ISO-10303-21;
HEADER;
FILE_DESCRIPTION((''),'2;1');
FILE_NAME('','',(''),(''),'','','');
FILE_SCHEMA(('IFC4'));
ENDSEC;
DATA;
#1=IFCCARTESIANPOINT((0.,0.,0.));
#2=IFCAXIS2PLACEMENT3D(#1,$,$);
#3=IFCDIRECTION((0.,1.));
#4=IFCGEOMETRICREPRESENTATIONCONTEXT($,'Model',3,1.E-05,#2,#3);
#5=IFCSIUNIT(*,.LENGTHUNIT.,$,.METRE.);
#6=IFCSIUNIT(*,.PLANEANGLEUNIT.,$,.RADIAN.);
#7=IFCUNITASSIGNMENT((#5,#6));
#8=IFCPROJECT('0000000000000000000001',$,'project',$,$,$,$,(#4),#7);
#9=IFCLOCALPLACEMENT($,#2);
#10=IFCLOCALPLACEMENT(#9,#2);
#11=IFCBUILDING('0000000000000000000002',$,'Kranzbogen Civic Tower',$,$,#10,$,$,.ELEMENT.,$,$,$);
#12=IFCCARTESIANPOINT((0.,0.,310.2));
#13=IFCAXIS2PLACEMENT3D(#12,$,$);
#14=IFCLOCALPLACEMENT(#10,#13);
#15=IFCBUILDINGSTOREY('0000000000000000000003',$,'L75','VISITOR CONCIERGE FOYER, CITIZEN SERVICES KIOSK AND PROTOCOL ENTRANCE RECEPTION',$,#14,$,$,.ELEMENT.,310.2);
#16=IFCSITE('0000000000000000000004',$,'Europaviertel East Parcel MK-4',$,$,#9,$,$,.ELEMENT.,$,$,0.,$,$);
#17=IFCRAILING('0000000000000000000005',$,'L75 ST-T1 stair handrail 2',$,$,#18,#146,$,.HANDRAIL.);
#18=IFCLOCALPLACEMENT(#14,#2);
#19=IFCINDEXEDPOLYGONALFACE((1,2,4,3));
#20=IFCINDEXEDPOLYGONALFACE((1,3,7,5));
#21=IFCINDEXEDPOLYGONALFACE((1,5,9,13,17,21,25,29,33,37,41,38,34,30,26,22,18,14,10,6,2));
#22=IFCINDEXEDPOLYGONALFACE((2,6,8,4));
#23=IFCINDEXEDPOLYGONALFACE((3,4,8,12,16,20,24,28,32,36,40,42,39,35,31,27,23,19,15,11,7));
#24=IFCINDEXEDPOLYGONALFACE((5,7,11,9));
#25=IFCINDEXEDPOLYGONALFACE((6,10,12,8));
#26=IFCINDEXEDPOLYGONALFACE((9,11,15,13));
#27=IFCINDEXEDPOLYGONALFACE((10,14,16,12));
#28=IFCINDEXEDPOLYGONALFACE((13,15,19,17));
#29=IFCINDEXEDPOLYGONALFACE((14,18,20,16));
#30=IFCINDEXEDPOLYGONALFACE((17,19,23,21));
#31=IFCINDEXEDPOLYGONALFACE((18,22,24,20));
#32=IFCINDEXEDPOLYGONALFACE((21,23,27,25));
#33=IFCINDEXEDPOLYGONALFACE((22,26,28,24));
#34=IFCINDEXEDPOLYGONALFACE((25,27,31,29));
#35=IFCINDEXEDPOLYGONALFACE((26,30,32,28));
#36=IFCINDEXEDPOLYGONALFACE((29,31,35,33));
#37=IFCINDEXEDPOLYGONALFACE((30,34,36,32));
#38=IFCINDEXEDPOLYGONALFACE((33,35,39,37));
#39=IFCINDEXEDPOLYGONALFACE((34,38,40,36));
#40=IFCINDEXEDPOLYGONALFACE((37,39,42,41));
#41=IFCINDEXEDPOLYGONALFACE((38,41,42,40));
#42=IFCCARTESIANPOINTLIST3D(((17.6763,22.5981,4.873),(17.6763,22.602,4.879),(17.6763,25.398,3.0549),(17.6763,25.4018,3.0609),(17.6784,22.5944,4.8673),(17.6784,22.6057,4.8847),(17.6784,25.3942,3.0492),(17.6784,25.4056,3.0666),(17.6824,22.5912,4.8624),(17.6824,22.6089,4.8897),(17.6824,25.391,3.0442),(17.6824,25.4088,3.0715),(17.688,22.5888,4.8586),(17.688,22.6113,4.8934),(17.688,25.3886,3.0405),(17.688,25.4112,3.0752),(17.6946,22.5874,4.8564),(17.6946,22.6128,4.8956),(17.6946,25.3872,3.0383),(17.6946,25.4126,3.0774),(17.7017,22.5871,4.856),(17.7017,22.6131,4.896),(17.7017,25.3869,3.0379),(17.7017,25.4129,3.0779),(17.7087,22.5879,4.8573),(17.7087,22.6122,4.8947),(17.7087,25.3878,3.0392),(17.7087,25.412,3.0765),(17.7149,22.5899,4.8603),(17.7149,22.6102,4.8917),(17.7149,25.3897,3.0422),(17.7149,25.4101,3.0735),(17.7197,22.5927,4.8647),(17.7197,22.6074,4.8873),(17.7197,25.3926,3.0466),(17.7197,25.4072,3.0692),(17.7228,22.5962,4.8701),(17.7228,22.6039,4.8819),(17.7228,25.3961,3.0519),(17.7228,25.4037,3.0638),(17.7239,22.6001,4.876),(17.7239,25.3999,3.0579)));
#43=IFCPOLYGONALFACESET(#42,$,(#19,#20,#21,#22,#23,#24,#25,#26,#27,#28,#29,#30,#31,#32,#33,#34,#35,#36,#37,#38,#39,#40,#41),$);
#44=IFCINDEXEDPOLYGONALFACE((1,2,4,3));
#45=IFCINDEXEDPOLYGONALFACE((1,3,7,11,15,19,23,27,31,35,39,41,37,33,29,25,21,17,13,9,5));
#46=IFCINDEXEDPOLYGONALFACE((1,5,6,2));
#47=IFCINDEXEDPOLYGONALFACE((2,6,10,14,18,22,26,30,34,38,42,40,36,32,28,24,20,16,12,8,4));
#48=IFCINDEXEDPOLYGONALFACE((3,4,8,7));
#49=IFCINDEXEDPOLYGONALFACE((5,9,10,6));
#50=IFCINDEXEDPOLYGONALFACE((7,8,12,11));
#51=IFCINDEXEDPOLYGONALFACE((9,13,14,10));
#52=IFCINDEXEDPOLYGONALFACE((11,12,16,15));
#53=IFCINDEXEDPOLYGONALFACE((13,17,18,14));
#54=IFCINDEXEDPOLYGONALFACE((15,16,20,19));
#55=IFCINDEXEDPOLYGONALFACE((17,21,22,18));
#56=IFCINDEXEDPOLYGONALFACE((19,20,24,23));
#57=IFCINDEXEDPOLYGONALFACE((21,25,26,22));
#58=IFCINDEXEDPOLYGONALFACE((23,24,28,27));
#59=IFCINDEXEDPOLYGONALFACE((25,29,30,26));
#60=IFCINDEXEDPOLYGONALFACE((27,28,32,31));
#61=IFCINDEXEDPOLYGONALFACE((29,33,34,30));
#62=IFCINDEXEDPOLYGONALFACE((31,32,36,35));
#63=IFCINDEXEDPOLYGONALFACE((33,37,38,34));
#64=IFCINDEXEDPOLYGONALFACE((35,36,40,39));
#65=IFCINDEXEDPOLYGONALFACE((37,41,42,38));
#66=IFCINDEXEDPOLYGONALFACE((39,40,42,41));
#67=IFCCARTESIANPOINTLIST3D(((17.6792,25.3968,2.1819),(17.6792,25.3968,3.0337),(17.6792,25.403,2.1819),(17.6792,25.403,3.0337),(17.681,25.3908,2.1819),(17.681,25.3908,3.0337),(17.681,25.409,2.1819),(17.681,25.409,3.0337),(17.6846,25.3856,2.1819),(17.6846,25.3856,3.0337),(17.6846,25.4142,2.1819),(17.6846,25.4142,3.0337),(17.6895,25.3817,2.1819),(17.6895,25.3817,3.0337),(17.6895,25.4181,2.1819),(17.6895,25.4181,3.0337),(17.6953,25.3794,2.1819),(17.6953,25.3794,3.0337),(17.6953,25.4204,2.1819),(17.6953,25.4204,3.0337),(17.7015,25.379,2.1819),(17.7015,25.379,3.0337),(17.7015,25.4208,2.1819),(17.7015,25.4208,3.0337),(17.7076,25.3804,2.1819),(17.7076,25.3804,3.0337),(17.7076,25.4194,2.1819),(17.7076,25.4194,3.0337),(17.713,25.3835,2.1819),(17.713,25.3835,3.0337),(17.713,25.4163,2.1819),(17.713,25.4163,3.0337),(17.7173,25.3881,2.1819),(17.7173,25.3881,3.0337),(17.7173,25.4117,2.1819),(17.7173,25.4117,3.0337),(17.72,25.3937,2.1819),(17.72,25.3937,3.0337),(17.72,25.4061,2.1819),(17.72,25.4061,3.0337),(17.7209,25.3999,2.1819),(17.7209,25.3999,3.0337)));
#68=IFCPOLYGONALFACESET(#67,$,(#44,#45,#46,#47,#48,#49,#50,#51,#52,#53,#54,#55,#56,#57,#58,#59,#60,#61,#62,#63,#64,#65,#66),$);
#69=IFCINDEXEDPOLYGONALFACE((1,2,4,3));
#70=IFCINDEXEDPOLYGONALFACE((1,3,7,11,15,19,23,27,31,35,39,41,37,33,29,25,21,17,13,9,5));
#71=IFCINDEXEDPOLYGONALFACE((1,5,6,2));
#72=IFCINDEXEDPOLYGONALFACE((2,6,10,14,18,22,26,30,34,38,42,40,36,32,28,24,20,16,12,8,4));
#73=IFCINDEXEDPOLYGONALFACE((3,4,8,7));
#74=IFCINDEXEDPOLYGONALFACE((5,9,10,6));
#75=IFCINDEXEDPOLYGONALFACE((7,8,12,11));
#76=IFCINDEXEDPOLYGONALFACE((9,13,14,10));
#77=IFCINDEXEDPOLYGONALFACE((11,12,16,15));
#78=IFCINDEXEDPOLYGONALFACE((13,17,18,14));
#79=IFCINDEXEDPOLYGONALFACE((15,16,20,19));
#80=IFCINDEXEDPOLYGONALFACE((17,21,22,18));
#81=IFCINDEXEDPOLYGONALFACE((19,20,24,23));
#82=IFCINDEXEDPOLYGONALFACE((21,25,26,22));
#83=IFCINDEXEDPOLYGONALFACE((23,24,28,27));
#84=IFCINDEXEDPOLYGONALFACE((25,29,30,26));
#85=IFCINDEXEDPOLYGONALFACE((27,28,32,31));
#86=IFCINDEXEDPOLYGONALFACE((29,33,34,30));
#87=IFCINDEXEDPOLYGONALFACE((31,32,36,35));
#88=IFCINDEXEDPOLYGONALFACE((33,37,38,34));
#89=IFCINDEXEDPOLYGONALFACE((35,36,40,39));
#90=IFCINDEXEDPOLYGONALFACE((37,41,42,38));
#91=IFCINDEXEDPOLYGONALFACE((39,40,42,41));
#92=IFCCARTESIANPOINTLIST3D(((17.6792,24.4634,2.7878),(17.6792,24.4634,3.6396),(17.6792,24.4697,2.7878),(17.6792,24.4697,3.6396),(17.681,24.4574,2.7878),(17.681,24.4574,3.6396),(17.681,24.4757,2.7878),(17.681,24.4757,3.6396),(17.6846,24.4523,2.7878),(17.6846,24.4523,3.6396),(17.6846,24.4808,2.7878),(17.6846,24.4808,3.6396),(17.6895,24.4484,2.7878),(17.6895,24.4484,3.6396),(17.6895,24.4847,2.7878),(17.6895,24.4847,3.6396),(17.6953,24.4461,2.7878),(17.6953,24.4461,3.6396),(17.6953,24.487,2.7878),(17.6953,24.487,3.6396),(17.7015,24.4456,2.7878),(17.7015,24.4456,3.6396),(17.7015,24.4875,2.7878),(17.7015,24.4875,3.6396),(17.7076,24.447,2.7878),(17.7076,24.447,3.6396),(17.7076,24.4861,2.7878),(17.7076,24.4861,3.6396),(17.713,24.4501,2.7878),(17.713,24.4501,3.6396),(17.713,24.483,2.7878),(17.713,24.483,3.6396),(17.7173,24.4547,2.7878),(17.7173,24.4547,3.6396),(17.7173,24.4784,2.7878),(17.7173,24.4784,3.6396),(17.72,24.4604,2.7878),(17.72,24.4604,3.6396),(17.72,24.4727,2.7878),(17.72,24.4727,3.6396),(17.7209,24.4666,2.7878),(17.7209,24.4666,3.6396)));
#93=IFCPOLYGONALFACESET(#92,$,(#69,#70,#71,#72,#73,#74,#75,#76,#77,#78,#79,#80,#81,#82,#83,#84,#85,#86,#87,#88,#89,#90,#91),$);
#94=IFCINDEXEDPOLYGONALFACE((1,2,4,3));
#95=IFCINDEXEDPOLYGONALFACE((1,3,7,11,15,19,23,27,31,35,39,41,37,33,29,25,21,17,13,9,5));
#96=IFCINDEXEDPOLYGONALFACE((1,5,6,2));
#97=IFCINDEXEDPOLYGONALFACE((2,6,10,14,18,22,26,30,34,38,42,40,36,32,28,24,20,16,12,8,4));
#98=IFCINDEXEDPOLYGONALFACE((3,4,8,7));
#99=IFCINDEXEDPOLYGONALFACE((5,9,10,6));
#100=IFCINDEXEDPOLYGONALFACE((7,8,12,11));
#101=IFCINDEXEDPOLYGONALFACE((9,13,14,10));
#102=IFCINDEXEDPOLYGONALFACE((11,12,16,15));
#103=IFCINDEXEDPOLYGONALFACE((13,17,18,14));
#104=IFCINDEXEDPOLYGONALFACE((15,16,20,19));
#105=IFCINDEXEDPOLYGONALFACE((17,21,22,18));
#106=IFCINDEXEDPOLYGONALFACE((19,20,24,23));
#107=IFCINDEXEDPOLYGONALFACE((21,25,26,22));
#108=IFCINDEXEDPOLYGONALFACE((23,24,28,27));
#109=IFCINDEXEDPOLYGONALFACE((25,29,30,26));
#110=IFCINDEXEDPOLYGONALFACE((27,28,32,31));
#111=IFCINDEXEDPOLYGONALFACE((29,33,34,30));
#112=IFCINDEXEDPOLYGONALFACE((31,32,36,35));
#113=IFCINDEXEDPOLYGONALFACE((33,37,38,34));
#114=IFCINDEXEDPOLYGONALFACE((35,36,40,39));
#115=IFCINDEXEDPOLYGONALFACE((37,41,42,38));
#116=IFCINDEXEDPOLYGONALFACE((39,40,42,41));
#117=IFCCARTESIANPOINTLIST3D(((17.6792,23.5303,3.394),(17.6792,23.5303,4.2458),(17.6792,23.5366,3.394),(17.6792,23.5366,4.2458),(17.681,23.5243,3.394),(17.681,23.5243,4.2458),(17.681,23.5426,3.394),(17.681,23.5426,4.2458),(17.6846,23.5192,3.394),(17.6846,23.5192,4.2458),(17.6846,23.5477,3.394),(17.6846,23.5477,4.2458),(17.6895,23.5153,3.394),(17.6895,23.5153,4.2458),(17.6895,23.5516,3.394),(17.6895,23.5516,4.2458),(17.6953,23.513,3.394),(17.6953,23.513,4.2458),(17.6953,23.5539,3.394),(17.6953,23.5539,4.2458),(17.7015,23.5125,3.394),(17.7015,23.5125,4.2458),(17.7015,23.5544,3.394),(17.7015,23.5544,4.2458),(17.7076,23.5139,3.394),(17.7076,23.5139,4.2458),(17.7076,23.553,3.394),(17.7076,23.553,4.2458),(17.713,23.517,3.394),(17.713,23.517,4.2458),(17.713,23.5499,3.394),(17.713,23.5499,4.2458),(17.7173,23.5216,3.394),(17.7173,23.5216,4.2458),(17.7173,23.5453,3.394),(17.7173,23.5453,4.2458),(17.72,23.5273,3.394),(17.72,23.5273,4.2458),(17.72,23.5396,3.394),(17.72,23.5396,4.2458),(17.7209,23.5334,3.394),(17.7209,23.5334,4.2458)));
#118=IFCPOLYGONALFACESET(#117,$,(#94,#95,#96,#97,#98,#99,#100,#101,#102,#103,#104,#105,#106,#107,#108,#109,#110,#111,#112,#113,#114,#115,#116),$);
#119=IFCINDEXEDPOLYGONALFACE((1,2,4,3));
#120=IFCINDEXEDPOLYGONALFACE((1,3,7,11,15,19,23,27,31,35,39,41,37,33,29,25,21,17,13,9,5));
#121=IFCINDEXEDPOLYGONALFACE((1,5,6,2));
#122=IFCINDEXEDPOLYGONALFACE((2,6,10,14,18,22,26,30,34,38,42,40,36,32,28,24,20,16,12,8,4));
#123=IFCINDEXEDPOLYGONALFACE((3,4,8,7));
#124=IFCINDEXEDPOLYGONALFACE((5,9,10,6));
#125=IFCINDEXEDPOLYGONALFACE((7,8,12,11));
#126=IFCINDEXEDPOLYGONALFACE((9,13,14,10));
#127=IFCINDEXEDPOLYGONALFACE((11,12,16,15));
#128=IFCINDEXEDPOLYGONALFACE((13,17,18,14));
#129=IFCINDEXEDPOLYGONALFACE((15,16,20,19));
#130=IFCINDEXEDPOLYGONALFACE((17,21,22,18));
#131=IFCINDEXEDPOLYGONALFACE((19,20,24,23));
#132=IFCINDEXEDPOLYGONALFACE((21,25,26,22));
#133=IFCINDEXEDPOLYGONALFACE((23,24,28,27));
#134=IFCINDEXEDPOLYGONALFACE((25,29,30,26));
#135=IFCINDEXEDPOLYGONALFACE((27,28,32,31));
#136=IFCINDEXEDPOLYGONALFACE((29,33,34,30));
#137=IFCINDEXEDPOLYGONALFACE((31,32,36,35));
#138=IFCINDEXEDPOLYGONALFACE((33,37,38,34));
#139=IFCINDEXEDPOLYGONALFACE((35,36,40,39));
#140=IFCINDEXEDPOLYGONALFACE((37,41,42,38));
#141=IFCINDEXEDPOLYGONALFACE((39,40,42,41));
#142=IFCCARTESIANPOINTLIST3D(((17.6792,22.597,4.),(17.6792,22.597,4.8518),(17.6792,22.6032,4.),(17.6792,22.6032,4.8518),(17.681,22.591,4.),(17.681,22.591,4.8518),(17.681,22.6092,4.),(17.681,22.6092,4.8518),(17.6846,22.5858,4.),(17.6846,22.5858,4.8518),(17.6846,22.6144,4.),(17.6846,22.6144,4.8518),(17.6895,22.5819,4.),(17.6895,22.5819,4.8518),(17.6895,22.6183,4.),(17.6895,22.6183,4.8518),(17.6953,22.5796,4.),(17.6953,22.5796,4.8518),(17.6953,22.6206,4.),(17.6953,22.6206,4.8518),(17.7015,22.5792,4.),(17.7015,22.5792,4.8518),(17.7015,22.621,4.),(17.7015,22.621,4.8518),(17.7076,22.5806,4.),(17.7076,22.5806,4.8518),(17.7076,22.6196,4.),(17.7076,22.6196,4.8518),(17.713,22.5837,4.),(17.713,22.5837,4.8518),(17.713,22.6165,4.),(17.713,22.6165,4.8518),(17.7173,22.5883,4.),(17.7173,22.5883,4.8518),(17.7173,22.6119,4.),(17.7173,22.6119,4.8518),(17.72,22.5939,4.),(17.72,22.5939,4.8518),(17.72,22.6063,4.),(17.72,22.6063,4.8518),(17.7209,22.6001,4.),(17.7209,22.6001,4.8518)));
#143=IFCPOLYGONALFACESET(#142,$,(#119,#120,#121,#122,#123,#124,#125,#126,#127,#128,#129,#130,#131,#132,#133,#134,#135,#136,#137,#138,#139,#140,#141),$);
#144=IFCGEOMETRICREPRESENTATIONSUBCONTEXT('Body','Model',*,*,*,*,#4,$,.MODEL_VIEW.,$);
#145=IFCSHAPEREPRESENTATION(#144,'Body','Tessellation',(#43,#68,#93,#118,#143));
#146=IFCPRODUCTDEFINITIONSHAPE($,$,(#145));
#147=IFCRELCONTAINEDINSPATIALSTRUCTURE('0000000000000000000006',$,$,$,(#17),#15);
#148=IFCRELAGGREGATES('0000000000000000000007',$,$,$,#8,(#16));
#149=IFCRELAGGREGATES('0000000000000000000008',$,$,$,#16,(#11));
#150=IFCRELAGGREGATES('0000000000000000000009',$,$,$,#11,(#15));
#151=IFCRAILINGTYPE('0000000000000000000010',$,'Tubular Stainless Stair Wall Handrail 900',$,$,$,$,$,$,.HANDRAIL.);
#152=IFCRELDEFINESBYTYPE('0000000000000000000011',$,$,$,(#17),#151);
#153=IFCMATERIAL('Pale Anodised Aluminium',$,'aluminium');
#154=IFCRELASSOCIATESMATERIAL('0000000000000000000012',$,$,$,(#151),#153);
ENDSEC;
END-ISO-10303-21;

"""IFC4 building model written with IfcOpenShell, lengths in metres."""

from ifc_helpers import new_model, si_unit, direction, frame, origin, origin_2d, place, context, subcontext, project, spatial, circle, extrude, material, type_object, element, save


model = new_model("IFC4")

# Units and contexts
model_context = context("Model", 3, precision=1e-05, world=origin(), true_north=direction((0.0, 1.0)))
body_context = subcontext(model_context, "Body", "Model", "MODEL_VIEW")
ifc_project = project(units=[si_unit("LENGTHUNIT", "METRE"), si_unit("PLANEANGLEUNIT", "RADIAN")], contexts=[model_context])

# Site, building, storey
site_placement = place(None, origin())
site = spatial("IfcSite", under=ifc_project, at=site_placement, Name="Europaviertel East Parcel MK-4", CompositionType="ELEMENT", RefElevation=0.0)
building_placement = place(site_placement, origin())
building = spatial("IfcBuilding", under=site, at=building_placement, Name="Kranzbogen Civic Tower", CompositionType="ELEMENT")
storey_placement = place(building_placement, frame((0.0, 0.0, 310.2)))
storey = spatial("IfcBuildingStorey", under=building, at=storey_placement, Name="L75", Description="VISITOR CONCIERGE FOYER, CITIZEN SERVICES KIOSK AND PROTOCOL ENTRANCE RECEPTION", CompositionType="ELEMENT", Elevation=310.2)

# Shared definitions
ifc_material_1 = material(Name="Pale Anodised Aluminium", Category="aluminium")

# Railing
railing_type_1 = type_object("IfcRailingType", Name="Tubular Stainless Stair Wall Handrail 900", PredefinedType="HANDRAIL", material=ifc_material_1)
railing_1_placement = place(storey_placement, frame((17.7, 25.3999, 2.1819)))
element("IfcRailing", 1, at=railing_1_placement, inside=storey, type_object=railing_type_1, Name="L75 ST-T1 stair handrail 2", PredefinedType="HANDRAIL", context=body_context, shape_type="SweptSolid", body=[
    extrude(circle(Radius=0.0239, at=origin_2d()), frame((0.0, 0.0, 0.876), z_axis=(0.0, -0.838684, 0.544618), x_axis=(1.0, 0.0, 0.0)), (0.0, 0.0, 1.0), 3.3384),
    extrude(circle(Radius=0.021, at=origin_2d()), origin(), (0.0, 0.0, 1.0), 0.8518),
    extrude(circle(Radius=0.021, at=origin_2d()), frame((0.0, -0.9333, 0.606)), (0.0, 0.0, 1.0), 0.8518),
    extrude(circle(Radius=0.021, at=origin_2d()), frame((0.0, -1.8665, 1.2122)), (0.0, 0.0, 1.0), 0.8518),
    extrude(circle(Radius=0.021, at=origin_2d()), frame((0.0, -2.7998, 1.8181)), (0.0, 0.0, 1.0), 0.8518),
])

save(model, "model.ifc")
